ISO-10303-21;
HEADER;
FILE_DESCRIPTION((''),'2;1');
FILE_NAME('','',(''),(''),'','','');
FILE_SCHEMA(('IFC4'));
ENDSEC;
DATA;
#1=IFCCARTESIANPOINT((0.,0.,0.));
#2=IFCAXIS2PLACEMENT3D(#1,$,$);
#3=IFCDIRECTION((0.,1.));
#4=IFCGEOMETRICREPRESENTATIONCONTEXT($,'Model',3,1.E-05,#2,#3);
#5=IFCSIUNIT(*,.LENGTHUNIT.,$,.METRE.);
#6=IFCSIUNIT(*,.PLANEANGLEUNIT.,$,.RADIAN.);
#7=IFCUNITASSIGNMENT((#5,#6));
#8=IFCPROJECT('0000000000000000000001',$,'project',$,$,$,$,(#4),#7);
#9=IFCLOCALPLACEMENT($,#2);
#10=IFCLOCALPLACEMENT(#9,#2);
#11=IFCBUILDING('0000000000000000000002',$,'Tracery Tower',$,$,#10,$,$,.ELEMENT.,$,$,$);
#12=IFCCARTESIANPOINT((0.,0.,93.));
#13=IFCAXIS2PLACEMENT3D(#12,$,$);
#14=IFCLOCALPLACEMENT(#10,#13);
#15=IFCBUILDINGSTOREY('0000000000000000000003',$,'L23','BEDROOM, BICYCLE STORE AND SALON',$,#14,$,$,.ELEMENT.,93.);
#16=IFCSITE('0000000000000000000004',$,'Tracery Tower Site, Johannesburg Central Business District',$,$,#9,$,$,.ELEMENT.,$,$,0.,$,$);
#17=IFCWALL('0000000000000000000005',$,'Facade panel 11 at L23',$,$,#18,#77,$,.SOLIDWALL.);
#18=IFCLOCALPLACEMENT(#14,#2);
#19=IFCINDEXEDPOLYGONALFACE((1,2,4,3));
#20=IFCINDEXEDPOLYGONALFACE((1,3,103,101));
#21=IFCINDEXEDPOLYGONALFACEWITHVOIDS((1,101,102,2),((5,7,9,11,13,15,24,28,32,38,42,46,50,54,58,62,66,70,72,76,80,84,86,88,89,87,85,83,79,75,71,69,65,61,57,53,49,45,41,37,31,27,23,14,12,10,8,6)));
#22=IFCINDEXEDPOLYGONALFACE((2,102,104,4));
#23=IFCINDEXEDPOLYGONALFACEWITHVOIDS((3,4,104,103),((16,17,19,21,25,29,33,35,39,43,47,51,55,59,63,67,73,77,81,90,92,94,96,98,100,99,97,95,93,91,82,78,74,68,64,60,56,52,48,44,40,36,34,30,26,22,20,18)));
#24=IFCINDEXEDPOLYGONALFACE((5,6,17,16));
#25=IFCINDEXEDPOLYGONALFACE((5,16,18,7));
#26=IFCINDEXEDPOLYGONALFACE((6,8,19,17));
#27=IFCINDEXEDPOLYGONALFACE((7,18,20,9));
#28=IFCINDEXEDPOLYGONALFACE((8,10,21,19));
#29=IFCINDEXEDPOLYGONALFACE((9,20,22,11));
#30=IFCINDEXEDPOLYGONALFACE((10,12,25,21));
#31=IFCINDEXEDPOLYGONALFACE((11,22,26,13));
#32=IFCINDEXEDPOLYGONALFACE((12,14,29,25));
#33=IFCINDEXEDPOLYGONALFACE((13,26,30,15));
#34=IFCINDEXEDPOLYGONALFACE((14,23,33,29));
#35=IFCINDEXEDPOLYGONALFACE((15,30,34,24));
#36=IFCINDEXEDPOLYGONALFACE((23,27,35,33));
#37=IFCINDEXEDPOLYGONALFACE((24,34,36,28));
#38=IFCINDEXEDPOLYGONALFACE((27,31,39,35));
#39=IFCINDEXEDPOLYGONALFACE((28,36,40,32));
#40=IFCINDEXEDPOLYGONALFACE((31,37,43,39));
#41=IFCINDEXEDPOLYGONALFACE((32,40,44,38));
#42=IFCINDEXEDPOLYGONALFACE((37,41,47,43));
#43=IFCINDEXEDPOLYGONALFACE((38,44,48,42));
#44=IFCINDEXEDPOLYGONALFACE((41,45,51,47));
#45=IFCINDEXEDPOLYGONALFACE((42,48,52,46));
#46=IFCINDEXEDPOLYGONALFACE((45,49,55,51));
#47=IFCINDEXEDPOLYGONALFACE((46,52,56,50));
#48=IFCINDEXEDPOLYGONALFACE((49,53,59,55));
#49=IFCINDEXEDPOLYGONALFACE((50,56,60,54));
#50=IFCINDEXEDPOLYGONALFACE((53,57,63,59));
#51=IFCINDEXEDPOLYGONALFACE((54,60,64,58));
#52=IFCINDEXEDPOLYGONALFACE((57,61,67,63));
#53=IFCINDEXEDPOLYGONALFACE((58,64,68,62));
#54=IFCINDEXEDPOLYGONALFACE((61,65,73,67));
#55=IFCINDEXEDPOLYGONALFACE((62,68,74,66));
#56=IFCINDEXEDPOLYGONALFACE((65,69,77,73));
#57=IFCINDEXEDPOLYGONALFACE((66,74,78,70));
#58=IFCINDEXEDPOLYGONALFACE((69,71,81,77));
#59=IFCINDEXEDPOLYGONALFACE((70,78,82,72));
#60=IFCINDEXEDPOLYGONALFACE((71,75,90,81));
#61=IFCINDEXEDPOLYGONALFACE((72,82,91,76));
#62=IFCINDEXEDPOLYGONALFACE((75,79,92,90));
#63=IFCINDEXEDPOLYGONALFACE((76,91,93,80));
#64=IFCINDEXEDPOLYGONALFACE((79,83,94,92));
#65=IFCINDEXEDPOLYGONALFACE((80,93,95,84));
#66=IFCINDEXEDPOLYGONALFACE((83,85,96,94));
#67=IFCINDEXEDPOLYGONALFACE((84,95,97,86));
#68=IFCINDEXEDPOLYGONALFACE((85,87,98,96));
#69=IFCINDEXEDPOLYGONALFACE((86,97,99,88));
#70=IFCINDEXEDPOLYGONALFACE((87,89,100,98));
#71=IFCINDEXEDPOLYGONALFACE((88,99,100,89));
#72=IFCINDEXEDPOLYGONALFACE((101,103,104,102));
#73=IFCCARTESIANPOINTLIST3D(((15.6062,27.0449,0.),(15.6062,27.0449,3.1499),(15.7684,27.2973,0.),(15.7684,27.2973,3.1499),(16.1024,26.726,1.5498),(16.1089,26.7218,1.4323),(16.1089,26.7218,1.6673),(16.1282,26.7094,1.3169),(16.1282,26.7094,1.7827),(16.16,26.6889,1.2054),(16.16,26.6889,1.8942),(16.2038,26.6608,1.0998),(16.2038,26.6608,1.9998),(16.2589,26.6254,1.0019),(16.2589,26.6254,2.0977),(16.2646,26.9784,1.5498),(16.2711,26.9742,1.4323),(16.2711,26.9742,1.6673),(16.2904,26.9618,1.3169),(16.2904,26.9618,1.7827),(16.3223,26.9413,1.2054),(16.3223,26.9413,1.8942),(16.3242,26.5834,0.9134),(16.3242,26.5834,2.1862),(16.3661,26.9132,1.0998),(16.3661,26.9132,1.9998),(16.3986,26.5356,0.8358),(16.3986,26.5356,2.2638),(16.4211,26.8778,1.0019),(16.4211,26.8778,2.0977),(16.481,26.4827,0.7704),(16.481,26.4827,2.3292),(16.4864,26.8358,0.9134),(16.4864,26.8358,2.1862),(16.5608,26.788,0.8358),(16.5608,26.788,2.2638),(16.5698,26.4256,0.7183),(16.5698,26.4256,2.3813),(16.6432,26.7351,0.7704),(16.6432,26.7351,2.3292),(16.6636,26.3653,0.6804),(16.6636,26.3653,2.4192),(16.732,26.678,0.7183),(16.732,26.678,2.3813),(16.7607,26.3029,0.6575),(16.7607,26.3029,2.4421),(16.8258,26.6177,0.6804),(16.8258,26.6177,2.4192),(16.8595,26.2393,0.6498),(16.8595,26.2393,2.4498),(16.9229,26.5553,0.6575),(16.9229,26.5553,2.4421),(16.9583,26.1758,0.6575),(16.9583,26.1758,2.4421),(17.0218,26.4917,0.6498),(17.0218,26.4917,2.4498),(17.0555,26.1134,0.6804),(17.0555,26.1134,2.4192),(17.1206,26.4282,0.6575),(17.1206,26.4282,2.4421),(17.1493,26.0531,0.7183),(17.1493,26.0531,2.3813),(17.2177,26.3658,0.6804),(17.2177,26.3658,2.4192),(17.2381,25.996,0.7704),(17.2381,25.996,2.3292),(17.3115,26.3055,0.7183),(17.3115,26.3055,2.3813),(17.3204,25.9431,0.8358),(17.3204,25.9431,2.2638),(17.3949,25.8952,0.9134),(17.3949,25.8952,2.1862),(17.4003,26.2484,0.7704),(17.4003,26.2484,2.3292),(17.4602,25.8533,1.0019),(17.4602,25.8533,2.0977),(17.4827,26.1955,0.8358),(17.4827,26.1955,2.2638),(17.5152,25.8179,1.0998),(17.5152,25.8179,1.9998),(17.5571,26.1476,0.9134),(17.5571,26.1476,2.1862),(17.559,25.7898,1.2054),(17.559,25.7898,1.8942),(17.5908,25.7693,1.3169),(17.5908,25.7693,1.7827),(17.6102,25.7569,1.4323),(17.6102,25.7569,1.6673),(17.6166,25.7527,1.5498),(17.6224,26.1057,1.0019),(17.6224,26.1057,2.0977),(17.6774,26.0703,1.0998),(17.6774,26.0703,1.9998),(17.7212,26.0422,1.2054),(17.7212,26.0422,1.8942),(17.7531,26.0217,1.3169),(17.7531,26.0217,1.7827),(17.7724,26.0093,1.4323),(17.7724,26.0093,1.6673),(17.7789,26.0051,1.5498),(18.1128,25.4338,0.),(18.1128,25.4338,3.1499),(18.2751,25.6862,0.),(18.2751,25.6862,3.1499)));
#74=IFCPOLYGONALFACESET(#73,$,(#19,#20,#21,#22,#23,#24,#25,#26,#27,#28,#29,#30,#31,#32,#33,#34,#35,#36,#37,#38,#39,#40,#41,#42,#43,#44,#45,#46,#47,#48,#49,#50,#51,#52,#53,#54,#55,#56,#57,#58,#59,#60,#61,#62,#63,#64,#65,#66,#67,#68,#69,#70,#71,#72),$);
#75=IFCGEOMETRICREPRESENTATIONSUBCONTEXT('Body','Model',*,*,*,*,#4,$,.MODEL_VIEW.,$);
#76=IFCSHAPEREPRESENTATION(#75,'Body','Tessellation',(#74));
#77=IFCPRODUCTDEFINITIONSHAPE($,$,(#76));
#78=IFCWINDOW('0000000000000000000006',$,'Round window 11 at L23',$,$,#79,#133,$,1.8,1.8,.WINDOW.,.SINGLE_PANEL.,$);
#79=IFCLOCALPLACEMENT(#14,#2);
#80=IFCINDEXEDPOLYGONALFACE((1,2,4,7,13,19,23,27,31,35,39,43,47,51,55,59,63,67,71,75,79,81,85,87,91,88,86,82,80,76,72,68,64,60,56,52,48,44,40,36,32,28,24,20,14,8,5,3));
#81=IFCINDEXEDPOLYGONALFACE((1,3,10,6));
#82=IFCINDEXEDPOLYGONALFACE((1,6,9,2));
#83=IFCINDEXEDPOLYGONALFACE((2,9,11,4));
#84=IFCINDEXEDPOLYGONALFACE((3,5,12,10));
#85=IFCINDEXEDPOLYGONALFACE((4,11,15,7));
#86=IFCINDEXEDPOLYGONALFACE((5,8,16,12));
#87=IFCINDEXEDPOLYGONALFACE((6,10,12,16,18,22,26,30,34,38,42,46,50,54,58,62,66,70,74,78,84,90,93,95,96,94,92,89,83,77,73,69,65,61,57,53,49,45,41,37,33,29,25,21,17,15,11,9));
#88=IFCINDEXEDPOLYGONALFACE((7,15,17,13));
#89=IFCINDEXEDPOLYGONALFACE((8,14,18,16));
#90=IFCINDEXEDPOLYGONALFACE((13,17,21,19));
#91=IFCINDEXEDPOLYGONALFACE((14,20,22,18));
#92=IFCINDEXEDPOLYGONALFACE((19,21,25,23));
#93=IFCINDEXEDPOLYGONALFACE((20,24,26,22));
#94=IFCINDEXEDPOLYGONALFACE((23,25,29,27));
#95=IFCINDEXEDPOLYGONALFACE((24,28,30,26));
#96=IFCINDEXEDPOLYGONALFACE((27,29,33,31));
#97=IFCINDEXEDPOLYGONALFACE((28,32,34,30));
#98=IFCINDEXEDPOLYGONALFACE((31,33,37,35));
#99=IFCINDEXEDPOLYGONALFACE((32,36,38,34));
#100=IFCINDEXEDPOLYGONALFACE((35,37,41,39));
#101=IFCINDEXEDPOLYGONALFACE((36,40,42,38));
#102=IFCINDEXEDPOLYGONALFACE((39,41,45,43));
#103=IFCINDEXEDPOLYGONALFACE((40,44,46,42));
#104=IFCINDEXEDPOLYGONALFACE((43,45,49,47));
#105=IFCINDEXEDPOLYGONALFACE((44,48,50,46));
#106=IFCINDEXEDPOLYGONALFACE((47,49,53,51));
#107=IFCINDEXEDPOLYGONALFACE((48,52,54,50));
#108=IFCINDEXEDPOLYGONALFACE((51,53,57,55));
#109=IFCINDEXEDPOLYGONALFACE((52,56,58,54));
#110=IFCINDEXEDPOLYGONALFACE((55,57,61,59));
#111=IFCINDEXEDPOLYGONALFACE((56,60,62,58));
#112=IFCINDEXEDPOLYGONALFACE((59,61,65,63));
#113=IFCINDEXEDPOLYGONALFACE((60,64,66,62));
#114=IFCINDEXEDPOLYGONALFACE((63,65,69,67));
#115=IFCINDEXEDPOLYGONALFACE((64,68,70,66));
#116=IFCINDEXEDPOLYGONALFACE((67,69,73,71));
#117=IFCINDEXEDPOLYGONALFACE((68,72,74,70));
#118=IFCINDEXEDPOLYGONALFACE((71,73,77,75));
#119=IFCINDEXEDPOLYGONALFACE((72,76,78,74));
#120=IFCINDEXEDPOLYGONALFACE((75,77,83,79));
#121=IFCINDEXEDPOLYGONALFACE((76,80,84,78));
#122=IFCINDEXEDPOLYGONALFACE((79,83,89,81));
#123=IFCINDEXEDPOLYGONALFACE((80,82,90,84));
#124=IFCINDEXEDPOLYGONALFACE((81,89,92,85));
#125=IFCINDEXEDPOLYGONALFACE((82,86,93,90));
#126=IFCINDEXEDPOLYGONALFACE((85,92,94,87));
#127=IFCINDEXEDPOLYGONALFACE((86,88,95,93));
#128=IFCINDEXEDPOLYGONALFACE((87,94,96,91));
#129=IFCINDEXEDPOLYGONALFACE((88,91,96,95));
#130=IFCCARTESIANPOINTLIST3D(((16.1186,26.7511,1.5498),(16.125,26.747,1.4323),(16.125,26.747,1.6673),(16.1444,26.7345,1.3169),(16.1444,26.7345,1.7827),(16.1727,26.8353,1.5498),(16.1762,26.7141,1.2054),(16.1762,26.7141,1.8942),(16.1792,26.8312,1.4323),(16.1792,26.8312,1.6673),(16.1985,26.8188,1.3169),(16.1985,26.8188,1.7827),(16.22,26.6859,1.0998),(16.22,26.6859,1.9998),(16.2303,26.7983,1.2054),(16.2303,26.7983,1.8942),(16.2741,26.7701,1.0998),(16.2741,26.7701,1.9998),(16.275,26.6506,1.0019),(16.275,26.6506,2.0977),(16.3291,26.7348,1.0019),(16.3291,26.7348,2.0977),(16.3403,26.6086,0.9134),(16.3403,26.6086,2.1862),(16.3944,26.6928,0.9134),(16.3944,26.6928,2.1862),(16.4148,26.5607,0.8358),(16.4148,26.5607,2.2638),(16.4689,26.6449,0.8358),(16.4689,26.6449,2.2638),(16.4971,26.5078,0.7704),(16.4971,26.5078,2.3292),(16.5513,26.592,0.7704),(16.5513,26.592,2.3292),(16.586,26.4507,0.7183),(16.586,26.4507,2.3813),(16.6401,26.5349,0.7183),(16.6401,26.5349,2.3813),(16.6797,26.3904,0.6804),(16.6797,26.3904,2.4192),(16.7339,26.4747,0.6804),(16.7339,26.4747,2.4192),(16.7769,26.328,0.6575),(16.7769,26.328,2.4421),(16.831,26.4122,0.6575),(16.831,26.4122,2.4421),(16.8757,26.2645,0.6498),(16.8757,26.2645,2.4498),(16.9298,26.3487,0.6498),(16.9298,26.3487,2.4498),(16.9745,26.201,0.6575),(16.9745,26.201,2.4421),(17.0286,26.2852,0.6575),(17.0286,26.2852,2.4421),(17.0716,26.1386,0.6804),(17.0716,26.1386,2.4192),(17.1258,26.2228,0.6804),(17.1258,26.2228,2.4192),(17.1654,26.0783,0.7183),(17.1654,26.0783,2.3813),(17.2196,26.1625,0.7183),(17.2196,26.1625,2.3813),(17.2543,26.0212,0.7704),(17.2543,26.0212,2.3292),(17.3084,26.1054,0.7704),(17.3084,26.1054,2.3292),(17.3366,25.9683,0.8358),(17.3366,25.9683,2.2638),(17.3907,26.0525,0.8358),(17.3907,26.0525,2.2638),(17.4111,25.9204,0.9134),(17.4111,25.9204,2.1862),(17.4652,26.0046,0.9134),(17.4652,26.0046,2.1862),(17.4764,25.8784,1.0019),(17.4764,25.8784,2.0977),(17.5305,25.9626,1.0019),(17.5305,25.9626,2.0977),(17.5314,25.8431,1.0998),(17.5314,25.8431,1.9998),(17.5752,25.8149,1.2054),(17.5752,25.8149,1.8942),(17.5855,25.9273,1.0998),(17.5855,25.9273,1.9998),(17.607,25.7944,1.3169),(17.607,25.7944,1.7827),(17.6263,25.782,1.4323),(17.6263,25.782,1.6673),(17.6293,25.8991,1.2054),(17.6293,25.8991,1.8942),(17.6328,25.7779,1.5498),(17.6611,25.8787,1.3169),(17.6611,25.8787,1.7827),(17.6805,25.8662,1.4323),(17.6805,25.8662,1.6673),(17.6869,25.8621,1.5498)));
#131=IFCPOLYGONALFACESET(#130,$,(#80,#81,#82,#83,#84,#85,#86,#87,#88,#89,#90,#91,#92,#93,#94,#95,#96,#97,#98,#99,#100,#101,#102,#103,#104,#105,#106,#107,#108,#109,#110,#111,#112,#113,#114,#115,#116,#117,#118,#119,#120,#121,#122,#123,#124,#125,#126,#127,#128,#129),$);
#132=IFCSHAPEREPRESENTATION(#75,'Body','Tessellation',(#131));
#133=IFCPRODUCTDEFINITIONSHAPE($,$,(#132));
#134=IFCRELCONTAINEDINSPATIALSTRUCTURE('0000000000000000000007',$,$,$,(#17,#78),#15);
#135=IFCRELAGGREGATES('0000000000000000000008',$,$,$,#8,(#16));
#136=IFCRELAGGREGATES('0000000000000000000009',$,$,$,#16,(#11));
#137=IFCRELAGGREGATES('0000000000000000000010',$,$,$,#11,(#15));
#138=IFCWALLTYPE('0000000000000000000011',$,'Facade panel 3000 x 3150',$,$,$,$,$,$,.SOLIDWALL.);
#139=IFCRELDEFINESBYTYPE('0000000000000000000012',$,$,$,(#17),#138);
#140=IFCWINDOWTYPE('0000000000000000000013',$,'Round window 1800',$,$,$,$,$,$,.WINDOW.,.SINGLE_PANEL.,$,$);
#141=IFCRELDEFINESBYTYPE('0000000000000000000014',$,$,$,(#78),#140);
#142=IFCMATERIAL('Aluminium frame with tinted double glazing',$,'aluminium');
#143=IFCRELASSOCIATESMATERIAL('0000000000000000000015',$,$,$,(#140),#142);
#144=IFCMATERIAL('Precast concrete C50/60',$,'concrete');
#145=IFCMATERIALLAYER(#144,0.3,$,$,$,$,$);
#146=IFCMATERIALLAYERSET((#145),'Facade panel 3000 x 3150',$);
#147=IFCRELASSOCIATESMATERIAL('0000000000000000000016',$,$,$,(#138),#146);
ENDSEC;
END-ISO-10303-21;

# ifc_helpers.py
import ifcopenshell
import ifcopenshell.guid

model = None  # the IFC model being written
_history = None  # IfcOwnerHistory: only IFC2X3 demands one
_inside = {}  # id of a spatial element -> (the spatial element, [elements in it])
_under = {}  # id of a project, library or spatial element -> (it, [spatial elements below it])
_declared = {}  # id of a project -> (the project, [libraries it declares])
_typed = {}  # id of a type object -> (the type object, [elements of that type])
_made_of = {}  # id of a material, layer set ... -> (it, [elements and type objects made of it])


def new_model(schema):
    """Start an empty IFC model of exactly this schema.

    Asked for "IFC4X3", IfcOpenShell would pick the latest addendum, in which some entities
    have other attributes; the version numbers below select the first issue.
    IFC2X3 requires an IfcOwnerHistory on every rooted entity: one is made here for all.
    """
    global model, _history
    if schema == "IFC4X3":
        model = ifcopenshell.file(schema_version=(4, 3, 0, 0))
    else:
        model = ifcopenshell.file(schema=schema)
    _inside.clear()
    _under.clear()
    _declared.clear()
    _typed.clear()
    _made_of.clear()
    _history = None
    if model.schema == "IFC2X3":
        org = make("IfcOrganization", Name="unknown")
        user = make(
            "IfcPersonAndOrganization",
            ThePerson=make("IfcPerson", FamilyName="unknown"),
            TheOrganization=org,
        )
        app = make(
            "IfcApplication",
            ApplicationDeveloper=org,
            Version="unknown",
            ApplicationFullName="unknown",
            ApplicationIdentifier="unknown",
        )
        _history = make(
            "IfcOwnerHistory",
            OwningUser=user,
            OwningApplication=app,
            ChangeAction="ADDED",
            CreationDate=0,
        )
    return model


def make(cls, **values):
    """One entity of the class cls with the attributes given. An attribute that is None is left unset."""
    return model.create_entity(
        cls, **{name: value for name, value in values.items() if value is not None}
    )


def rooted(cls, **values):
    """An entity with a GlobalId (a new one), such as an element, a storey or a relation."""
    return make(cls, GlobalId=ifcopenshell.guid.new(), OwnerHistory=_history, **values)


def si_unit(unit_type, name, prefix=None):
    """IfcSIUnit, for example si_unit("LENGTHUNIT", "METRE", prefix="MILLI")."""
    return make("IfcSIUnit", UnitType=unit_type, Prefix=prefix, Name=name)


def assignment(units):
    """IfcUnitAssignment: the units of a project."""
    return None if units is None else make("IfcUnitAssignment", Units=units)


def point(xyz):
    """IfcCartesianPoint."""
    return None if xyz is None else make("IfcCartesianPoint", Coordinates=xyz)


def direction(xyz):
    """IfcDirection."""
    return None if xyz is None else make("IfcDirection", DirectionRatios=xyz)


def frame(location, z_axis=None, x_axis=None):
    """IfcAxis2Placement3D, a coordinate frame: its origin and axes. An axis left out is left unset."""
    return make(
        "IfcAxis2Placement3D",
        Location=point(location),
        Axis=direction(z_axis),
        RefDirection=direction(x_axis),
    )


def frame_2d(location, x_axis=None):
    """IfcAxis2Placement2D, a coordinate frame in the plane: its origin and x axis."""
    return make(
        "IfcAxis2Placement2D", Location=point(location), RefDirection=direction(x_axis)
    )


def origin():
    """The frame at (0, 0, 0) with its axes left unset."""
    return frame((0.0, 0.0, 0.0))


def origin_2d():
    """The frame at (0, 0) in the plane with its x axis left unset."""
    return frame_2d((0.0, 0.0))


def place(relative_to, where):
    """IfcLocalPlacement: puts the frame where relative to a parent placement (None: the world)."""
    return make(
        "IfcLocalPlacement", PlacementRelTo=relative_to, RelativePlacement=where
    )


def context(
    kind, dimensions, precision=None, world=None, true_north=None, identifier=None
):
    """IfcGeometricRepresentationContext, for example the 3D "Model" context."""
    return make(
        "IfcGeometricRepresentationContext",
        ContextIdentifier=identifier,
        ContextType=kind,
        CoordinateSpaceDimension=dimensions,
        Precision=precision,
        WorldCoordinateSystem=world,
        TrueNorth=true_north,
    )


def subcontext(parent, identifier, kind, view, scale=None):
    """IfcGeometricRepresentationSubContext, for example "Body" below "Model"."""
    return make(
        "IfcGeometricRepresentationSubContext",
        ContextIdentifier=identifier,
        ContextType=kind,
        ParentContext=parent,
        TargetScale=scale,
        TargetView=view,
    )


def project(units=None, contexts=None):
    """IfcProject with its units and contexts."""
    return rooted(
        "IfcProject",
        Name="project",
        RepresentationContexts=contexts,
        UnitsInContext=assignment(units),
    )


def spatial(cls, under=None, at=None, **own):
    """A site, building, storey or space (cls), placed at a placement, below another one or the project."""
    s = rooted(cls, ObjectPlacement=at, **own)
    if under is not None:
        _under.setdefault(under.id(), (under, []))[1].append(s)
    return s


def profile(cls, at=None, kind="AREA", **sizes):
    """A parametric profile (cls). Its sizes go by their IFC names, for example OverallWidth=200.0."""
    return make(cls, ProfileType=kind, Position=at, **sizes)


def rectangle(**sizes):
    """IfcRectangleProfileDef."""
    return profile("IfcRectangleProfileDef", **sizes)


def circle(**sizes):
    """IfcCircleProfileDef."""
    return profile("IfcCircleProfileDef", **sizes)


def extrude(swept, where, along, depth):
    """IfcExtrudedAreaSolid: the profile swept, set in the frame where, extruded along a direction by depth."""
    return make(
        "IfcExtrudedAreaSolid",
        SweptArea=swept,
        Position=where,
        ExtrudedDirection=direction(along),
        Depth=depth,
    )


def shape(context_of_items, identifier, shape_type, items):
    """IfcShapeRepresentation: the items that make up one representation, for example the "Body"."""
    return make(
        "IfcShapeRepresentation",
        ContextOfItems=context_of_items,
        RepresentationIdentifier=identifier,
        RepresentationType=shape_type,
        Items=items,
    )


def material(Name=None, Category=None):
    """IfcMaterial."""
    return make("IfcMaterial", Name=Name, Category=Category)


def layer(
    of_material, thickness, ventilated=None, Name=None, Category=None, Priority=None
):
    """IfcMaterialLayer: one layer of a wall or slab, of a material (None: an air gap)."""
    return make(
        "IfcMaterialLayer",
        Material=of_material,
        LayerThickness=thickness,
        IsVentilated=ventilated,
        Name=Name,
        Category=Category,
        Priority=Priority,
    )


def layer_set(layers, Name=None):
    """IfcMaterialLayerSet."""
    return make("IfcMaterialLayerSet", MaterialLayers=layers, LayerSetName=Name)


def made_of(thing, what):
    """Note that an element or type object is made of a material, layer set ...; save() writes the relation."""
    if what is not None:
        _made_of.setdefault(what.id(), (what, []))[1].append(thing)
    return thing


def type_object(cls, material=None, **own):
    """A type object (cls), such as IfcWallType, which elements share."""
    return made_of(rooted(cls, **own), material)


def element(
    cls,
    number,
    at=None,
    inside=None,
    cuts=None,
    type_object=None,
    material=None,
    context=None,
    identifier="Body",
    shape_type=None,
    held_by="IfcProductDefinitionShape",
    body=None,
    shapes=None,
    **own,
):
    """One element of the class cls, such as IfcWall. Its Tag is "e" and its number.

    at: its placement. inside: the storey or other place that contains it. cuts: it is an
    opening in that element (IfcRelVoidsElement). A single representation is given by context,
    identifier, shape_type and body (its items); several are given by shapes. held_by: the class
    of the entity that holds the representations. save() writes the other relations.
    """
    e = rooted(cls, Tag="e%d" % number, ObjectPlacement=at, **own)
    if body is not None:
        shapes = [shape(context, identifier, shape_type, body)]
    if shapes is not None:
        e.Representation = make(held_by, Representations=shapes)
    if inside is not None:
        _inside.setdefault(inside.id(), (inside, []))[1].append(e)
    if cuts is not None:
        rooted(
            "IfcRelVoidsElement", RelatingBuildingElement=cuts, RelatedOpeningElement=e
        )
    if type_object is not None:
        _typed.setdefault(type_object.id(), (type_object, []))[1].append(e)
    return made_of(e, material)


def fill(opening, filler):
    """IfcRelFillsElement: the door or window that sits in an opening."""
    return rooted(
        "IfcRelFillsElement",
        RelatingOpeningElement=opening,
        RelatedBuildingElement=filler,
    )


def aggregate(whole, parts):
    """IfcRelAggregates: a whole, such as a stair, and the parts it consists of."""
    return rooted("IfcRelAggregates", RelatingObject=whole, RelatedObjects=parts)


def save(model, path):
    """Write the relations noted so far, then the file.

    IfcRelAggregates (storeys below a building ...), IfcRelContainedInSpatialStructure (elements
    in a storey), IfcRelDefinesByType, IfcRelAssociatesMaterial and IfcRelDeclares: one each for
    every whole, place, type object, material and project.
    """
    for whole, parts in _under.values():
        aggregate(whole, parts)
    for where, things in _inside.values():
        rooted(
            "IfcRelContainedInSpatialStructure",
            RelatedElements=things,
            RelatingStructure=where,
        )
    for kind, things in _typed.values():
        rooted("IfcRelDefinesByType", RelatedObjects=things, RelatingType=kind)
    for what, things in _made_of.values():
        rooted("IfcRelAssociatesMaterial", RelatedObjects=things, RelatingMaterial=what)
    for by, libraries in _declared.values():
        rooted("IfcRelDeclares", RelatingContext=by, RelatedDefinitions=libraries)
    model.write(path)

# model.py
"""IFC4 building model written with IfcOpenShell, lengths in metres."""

from ifc_helpers import new_model, si_unit, direction, frame, frame_2d, origin, origin_2d, place, context, subcontext, project, spatial, rectangle, circle, extrude, material, layer, layer_set, type_object, element, fill, save


model = new_model("IFC4")

# Units and contexts
model_context = context("Model", 3, precision=1e-05, world=origin(), true_north=direction((0.0, 1.0)))
body_context = subcontext(model_context, "Body", "Model", "MODEL_VIEW")
ifc_project = project(units=[si_unit("LENGTHUNIT", "METRE"), si_unit("PLANEANGLEUNIT", "RADIAN")], contexts=[model_context])

# Site, building, storey
site_placement = place(None, origin())
site = spatial("IfcSite", under=ifc_project, at=site_placement, Name="Tracery Tower Site, Johannesburg Central Business District", CompositionType="ELEMENT", RefElevation=0.0)
building_placement = place(site_placement, origin())
building = spatial("IfcBuilding", under=site, at=building_placement, Name="Tracery Tower", CompositionType="ELEMENT")
storey_placement = place(building_placement, frame((0.0, 0.0, 93.0)))
storey = spatial("IfcBuildingStorey", under=building, at=storey_placement, Name="L23", Description="BEDROOM, BICYCLE STORE AND SALON", CompositionType="ELEMENT", Elevation=93.0)

# Wall, opening, window
ifc_material_1 = material(Name="Aluminium frame with tinted double glazing", Category="aluminium")
window_type = type_object("IfcWindowType", Name="Round window 1800", PartitioningType="SINGLE_PANEL", PredefinedType="WINDOW", material=ifc_material_1)
ifc_material_2 = material(Name="Precast concrete C50/60", Category="concrete")
ifc_layer_1 = layer(ifc_material_2, 0.3)
ifc_layer_set_1 = layer_set([ifc_layer_1], Name="Facade panel 3000 x 3150")
wall_type_1 = type_object("IfcWallType", Name="Facade panel 3000 x 3150", PredefinedType="SOLIDWALL", material=ifc_layer_set_1)
wall_1_placement = place(storey_placement, frame((18.1938, 25.5601, 0.0), z_axis=(0.0, 0.0, 1.0), x_axis=(-0.841224, 0.540687, 0.0)))
wall_1 = element("IfcWall", 1, at=wall_1_placement, inside=storey, type_object=wall_type_1, Name="Facade panel 11 at L23", PredefinedType="SOLIDWALL", context=body_context, shape_type="SweptSolid", body=[
    extrude(rectangle(XDim=2.9797, YDim=0.3, at=frame_2d((1.4897, 0.0))), origin(), (0.0, 0.0, 1.0), 3.1499),
])
opening_1_placement = place(wall_1_placement, frame((1.4897, 0.0, 1.5498)))
opening_1 = element("IfcOpeningElement", 2, at=opening_1_placement, cuts=wall_1, PredefinedType="OPENING", context=body_context, shape_type="SweptSolid", body=[
    extrude(circle(Radius=0.9, at=origin_2d()), frame((0.0, 0.1599, 0.0), z_axis=(0.0, -1.0, 0.0), x_axis=(1.0, 0.0, 0.0)), (0.0, 0.0, 1.0), 0.3201),
])
window_1_placement = place(opening_1_placement, origin())
window_1 = element("IfcWindow", 3, at=window_1_placement, inside=storey, type_object=window_type, Name="Round window 11 at L23", OverallHeight=1.8, OverallWidth=1.8, PartitioningType="SINGLE_PANEL", PredefinedType="WINDOW", context=body_context, shape_type="SweptSolid", body=[
    extrude(circle(Radius=0.9, at=origin_2d()), frame((0.0, 0.1201, 0.0), z_axis=(0.0, -1.0, 0.0), x_axis=(1.0, 0.0, 0.0)), (0.0, 0.0, 1.0), 0.1001),
])
fill(opening_1, window_1)

save(model, "model.ifc")
